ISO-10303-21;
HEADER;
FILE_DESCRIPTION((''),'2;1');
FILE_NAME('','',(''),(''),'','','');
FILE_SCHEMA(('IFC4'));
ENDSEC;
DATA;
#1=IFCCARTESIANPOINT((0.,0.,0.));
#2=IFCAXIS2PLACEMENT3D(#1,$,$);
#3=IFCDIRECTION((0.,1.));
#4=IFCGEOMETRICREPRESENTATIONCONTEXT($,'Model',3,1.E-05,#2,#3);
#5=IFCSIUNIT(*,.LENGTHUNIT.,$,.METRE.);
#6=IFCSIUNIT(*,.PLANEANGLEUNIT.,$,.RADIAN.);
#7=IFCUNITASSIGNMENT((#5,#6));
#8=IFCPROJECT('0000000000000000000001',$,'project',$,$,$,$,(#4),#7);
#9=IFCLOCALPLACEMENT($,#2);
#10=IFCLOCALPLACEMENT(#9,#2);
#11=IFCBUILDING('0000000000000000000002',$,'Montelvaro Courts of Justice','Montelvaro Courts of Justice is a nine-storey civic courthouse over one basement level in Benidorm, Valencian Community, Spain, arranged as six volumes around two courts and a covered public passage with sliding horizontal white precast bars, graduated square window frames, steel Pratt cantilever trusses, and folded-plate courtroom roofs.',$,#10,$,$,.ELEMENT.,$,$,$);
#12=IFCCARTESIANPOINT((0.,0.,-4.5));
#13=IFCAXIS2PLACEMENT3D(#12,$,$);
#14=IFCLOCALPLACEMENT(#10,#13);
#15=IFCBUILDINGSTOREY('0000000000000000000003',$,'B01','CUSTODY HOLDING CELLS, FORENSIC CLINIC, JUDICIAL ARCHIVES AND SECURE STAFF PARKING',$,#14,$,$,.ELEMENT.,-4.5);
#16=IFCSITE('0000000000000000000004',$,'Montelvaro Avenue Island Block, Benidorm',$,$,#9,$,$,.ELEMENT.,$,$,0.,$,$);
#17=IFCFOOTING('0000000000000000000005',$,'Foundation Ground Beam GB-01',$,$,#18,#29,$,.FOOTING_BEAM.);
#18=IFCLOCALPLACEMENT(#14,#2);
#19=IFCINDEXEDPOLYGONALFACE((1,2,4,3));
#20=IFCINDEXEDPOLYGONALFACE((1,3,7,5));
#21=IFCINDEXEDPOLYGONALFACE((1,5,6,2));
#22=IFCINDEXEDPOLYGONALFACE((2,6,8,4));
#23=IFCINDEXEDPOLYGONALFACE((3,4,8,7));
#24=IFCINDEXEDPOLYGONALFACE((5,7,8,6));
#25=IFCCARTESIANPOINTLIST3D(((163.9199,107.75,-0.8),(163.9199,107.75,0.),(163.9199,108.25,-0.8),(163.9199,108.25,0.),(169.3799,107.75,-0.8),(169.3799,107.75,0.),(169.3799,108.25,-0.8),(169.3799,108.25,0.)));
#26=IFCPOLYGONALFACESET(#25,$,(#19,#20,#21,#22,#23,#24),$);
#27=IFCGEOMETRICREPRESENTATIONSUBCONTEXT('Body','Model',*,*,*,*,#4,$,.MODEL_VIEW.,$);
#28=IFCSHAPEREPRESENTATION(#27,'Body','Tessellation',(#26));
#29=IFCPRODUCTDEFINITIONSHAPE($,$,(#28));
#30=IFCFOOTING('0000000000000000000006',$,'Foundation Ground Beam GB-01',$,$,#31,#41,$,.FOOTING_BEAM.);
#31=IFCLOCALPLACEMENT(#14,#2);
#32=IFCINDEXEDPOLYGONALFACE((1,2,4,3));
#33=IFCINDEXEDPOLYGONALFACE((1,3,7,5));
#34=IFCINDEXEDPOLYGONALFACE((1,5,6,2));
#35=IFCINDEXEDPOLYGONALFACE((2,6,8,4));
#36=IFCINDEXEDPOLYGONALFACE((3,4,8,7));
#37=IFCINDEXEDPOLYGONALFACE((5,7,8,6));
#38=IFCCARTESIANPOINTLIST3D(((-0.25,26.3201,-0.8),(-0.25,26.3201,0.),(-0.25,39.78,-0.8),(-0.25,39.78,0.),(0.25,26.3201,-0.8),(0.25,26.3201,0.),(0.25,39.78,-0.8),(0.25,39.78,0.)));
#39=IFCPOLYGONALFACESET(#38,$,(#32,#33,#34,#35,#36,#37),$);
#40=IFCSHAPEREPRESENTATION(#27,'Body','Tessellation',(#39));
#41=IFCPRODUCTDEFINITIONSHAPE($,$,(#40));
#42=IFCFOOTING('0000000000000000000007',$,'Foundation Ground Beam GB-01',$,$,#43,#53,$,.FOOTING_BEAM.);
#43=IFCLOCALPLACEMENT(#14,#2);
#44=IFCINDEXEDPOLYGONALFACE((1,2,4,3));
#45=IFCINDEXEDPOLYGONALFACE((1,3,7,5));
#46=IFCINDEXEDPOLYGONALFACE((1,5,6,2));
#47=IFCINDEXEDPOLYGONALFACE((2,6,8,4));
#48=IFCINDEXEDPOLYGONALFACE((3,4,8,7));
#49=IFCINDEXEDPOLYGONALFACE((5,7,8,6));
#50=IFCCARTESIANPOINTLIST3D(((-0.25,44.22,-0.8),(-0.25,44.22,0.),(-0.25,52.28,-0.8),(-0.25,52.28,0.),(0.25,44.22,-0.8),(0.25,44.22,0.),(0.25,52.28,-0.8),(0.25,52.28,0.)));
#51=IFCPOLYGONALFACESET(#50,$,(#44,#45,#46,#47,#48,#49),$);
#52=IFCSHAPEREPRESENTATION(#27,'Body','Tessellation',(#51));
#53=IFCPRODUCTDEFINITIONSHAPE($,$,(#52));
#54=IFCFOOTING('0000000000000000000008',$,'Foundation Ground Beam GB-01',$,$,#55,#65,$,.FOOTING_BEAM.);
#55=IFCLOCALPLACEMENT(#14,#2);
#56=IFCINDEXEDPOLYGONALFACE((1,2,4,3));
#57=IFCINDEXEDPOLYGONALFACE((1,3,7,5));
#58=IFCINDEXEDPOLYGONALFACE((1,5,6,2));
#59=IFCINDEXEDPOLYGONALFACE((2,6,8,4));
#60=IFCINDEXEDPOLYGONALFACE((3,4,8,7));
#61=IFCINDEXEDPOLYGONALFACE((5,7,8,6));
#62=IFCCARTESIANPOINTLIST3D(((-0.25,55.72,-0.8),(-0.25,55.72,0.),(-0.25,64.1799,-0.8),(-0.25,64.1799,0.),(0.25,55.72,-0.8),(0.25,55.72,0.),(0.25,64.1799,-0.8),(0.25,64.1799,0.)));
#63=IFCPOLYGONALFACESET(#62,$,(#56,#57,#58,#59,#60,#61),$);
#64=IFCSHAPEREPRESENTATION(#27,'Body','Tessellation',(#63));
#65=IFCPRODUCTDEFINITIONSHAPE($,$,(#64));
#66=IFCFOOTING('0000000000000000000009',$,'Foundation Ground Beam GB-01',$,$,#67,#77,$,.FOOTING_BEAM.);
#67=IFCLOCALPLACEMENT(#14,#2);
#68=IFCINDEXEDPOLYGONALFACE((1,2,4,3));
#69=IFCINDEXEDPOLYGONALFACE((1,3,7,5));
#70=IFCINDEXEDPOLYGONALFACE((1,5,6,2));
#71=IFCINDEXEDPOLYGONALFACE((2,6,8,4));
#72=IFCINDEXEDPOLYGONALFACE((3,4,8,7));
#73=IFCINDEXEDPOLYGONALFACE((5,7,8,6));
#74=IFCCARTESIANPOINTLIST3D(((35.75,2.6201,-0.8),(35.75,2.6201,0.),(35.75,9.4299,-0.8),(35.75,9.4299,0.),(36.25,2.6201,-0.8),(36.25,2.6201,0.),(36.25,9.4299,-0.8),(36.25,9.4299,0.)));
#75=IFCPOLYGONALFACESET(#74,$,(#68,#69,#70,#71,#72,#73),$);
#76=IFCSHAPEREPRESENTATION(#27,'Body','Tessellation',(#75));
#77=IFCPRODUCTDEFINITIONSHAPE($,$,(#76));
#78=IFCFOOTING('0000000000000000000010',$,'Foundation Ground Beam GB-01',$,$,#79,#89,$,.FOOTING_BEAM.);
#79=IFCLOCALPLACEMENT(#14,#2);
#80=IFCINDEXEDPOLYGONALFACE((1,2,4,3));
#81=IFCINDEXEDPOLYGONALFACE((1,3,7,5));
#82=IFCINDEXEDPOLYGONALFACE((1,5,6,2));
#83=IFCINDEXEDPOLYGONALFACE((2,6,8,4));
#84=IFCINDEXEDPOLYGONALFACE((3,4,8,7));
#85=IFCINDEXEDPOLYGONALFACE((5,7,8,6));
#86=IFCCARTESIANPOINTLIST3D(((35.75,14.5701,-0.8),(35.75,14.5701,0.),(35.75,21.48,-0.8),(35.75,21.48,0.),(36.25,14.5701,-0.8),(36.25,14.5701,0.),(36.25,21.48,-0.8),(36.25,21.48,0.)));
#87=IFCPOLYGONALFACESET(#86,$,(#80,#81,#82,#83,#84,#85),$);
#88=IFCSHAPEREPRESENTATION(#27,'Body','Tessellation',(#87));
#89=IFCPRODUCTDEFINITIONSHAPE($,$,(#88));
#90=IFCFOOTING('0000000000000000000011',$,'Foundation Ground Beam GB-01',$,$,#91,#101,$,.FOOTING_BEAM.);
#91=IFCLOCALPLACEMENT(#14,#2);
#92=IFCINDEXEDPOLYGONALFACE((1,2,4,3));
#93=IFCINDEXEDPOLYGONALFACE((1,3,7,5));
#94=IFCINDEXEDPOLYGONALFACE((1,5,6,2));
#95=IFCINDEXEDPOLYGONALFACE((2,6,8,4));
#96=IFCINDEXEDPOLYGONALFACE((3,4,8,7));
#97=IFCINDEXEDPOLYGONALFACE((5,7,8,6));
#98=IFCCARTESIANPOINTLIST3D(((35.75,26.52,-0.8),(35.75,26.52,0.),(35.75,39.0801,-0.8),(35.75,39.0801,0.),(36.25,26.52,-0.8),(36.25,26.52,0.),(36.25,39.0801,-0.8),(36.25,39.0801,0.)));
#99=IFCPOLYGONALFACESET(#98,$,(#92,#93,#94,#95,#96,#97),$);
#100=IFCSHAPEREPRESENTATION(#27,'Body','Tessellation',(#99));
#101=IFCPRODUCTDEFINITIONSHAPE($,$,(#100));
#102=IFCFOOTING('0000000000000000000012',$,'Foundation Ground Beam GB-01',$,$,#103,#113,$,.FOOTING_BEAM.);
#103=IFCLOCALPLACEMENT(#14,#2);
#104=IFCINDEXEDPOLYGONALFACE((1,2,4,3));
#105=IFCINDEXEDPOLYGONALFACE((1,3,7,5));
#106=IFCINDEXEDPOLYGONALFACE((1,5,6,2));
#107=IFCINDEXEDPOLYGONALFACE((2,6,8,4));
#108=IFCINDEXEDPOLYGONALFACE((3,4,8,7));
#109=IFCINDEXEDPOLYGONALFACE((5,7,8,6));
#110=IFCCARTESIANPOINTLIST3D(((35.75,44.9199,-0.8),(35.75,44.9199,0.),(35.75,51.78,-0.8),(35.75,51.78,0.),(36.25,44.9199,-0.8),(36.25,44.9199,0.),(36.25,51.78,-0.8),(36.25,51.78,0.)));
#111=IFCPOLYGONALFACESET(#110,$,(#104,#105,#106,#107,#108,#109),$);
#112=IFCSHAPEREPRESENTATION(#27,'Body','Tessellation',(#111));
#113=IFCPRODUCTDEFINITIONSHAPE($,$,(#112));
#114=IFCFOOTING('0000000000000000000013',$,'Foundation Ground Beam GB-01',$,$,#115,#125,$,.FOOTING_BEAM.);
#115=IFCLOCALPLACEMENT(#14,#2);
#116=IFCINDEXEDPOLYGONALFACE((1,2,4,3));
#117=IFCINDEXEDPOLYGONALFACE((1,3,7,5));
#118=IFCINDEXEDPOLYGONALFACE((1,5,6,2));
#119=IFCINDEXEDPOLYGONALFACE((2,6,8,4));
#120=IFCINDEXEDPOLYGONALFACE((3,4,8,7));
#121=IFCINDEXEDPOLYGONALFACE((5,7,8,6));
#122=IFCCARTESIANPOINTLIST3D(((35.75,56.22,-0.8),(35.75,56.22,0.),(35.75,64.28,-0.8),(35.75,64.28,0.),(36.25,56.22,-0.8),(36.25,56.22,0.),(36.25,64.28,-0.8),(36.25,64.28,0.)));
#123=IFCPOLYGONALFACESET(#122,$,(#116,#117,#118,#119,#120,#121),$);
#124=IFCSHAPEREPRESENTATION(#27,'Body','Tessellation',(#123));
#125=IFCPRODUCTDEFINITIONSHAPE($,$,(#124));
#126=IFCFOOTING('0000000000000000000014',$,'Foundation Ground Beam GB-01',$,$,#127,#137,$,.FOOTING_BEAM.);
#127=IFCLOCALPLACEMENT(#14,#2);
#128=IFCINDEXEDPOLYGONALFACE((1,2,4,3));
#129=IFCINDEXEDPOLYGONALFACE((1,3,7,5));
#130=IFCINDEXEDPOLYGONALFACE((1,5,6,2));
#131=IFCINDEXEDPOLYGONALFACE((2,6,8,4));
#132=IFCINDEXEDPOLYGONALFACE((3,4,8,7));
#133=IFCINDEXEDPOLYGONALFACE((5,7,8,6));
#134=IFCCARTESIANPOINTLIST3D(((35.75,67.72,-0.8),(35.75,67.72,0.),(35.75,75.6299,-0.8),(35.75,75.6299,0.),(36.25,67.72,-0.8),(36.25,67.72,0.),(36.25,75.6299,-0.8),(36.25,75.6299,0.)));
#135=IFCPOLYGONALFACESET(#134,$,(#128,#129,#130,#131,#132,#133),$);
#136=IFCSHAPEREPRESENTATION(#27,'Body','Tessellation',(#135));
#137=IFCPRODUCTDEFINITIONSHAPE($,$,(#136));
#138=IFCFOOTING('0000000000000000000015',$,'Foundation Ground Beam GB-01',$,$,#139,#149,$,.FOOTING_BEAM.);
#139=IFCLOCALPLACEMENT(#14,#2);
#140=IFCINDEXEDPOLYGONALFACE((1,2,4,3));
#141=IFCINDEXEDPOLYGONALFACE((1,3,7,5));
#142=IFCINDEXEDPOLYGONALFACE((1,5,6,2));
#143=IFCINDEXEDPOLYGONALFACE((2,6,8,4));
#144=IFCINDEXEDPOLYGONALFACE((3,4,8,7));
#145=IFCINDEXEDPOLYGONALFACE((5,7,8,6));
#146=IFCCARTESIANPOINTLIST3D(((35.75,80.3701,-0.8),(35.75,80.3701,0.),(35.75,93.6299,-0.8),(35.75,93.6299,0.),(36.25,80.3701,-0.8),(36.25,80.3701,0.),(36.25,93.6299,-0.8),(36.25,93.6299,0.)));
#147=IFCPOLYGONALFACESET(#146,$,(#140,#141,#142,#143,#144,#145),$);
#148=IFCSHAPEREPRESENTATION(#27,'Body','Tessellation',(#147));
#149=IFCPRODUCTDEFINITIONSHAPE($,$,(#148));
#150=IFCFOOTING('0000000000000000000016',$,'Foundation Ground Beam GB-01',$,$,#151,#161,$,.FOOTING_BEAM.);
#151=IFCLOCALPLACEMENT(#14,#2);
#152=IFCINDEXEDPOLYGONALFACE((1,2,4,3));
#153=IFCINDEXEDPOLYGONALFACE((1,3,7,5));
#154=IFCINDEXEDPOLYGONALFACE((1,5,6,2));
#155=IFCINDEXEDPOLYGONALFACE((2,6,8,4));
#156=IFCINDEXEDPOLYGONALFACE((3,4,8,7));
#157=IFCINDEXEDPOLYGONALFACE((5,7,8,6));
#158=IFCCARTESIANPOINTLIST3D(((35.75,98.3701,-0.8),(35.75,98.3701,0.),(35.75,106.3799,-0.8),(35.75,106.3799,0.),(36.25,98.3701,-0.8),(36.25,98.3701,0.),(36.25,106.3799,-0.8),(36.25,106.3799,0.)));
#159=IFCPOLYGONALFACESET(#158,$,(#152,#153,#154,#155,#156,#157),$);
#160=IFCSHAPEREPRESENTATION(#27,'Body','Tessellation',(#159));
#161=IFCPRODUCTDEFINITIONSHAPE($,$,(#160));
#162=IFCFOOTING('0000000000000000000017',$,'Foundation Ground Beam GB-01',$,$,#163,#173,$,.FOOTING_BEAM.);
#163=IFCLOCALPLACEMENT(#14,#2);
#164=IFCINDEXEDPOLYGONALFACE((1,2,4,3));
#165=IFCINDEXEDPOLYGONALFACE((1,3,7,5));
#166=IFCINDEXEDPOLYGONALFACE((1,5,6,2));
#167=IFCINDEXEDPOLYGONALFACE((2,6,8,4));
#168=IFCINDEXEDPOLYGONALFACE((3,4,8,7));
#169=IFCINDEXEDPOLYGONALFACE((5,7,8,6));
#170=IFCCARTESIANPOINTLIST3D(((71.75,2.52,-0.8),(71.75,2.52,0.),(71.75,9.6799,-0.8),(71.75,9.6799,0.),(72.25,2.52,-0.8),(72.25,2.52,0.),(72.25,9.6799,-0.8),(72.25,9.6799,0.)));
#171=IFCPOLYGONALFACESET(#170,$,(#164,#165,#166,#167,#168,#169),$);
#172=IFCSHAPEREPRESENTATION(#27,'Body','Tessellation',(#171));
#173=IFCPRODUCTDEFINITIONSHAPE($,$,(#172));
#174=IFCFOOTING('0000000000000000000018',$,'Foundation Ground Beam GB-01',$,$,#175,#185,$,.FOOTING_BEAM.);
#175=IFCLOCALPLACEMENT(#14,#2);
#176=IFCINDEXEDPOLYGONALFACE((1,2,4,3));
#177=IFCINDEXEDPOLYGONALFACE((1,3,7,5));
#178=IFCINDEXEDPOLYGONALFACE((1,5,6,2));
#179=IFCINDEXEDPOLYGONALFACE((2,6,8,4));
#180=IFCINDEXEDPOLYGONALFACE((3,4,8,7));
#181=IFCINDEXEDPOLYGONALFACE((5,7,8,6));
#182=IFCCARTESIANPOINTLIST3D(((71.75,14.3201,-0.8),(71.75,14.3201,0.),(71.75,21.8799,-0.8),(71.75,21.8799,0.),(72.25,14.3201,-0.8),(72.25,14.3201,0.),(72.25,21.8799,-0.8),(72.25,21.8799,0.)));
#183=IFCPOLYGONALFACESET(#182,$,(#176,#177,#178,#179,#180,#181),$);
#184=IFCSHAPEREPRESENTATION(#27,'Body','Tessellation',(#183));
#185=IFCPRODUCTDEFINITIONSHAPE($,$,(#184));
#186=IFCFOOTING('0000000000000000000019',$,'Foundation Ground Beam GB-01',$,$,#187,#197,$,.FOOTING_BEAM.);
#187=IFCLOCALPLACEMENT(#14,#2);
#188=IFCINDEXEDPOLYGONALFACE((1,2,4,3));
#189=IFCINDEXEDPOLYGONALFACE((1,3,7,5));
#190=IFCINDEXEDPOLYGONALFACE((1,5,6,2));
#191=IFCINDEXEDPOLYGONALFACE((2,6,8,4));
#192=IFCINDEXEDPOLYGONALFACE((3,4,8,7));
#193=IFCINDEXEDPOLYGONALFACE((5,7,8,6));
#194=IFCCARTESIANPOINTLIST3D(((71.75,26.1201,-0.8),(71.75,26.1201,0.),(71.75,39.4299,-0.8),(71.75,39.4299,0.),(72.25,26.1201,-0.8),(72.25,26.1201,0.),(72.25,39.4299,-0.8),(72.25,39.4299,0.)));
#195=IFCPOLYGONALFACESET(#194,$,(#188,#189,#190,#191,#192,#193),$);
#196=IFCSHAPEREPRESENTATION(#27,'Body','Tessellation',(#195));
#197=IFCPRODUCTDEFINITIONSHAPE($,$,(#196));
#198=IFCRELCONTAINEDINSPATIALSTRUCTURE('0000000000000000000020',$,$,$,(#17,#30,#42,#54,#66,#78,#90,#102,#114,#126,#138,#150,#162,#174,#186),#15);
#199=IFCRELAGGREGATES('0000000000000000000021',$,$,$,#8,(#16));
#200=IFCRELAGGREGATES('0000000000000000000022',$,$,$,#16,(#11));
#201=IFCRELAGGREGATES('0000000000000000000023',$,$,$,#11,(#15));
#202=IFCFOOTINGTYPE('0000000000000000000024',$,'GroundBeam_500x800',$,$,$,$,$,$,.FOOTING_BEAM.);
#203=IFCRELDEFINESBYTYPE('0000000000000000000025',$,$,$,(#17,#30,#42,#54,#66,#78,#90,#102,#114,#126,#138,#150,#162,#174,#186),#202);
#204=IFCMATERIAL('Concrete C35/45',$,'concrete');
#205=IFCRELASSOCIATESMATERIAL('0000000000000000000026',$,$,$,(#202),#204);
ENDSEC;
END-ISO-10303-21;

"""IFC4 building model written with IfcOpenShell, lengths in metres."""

from ifc_helpers import new_model, si_unit, direction, frame, origin, place, context, subcontext, project, spatial, polyline, outline, extrude, material, type_object, element, save


model = new_model("IFC4")

# Units and contexts
model_context = context("Model", 3, precision=1e-05, world=origin(), true_north=direction((0.0, 1.0)))
body_context = subcontext(model_context, "Body", "Model", "MODEL_VIEW")
ifc_project = project(units=[si_unit("LENGTHUNIT", "METRE"), si_unit("PLANEANGLEUNIT", "RADIAN")], contexts=[model_context])

# Site, building, storey
site_placement = place(None, origin())
site = spatial("IfcSite", under=ifc_project, at=site_placement, Name="Montelvaro Avenue Island Block, Benidorm", CompositionType="ELEMENT", RefElevation=0.0)
building_placement = place(site_placement, origin())
building = spatial("IfcBuilding", under=site, at=building_placement, Name="Montelvaro Courts of Justice", Description="Montelvaro Courts of Justice is a nine-storey civic courthouse over one basement level in Benidorm, Valencian Community, Spain, arranged as six volumes around two courts and a covered public passage with sliding horizontal white precast bars, graduated square window frames, steel Pratt cantilever trusses, and folded-plate courtroom roofs.", CompositionType="ELEMENT")
storey_placement = place(building_placement, frame((0.0, 0.0, -4.5)))
storey = spatial("IfcBuildingStorey", under=building, at=storey_placement, Name="B01", Description="CUSTODY HOLDING CELLS, FORENSIC CLINIC, JUDICIAL ARCHIVES AND SECURE STAFF PARKING", CompositionType="ELEMENT", Elevation=-4.5)

# Footings
ifc_material = material(Name="Concrete C35/45", Category="concrete")
footing_type = type_object("IfcFootingType", Name="GroundBeam_500x800", PredefinedType="FOOTING_BEAM", material=ifc_material)
footing_1_placement = place(storey_placement, frame((0.0, 0.0, -0.8)))
element("IfcFooting", 1, at=footing_1_placement, inside=storey, type_object=footing_type, Name="Foundation Ground Beam GB-01", PredefinedType="FOOTING_BEAM", context=body_context, shape_type="SweptSolid", body=[
    extrude(outline(polyline([(163.9199, 107.75), (169.3799, 107.75), (169.3799, 108.25), (163.9199, 108.25), (163.9199, 107.75)])), origin(), (0.0, 0.0, 1.0), 0.8),
])
footing_2_placement = place(storey_placement, frame((0.0, 0.0, -0.8)))
element("IfcFooting", 2, at=footing_2_placement, inside=storey, type_object=footing_type, Name="Foundation Ground Beam GB-01", PredefinedType="FOOTING_BEAM", context=body_context, shape_type="SweptSolid", body=[
    extrude(outline(polyline([(-0.25, 26.3201), (0.25, 26.3201), (0.25, 39.78), (-0.25, 39.78), (-0.25, 26.3201)])), origin(), (0.0, 0.0, 1.0), 0.8),
])
footing_3_placement = place(storey_placement, frame((0.0, 0.0, -0.8)))
element("IfcFooting", 3, at=footing_3_placement, inside=storey, type_object=footing_type, Name="Foundation Ground Beam GB-01", PredefinedType="FOOTING_BEAM", context=body_context, shape_type="SweptSolid", body=[
    extrude(outline(polyline([(-0.25, 44.22), (0.25, 44.22), (0.25, 52.28), (-0.25, 52.28), (-0.25, 44.22)])), origin(), (0.0, 0.0, 1.0), 0.8),
])
footing_4_placement = place(storey_placement, frame((0.0, 0.0, -0.8)))
element("IfcFooting", 4, at=footing_4_placement, inside=storey, type_object=footing_type, Name="Foundation Ground Beam GB-01", PredefinedType="FOOTING_BEAM", context=body_context, shape_type="SweptSolid", body=[
    extrude(outline(polyline([(-0.25, 55.72), (0.25, 55.72), (0.25, 64.1799), (-0.25, 64.1799), (-0.25, 55.72)])), origin(), (0.0, 0.0, 1.0), 0.8),
])
footing_5_placement = place(storey_placement, frame((0.0, 0.0, -0.8)))
element("IfcFooting", 5, at=footing_5_placement, inside=storey, type_object=footing_type, Name="Foundation Ground Beam GB-01", PredefinedType="FOOTING_BEAM", context=body_context, shape_type="SweptSolid", body=[
    extrude(outline(polyline([(35.75, 2.6201), (36.25, 2.6201), (36.25, 9.4299), (35.75, 9.4299), (35.75, 2.6201)])), origin(), (0.0, 0.0, 1.0), 0.8),
])
footing_6_placement = place(storey_placement, frame((0.0, 0.0, -0.8)))
element("IfcFooting", 6, at=footing_6_placement, inside=storey, type_object=footing_type, Name="Foundation Ground Beam GB-01", PredefinedType="FOOTING_BEAM", context=body_context, shape_type="SweptSolid", body=[
    extrude(outline(polyline([(35.75, 14.5701), (36.25, 14.5701), (36.25, 21.48), (35.75, 21.48), (35.75, 14.5701)])), origin(), (0.0, 0.0, 1.0), 0.8),
])
footing_7_placement = place(storey_placement, frame((0.0, 0.0, -0.8)))
element("IfcFooting", 7, at=footing_7_placement, inside=storey, type_object=footing_type, Name="Foundation Ground Beam GB-01", PredefinedType="FOOTING_BEAM", context=body_context, shape_type="SweptSolid", body=[
    extrude(outline(polyline([(35.75, 26.52), (36.25, 26.52), (36.25, 39.0801), (35.75, 39.0801), (35.75, 26.52)])), origin(), (0.0, 0.0, 1.0), 0.8),
])
footing_8_placement = place(storey_placement, frame((0.0, 0.0, -0.8)))
element("IfcFooting", 8, at=footing_8_placement, inside=storey, type_object=footing_type, Name="Foundation Ground Beam GB-01", PredefinedType="FOOTING_BEAM", context=body_context, shape_type="SweptSolid", body=[
    extrude(outline(polyline([(35.75, 44.9199), (36.25, 44.9199), (36.25, 51.78), (35.75, 51.78), (35.75, 44.9199)])), origin(), (0.0, 0.0, 1.0), 0.8),
])
footing_9_placement = place(storey_placement, frame((0.0, 0.0, -0.8)))
element("IfcFooting", 9, at=footing_9_placement, inside=storey, type_object=footing_type, Name="Foundation Ground Beam GB-01", PredefinedType="FOOTING_BEAM", context=body_context, shape_type="SweptSolid", body=[
    extrude(outline(polyline([(35.75, 56.22), (36.25, 56.22), (36.25, 64.28), (35.75, 64.28), (35.75, 56.22)])), origin(), (0.0, 0.0, 1.0), 0.8),
])
footing_10_placement = place(storey_placement, frame((0.0, 0.0, -0.8)))
element("IfcFooting", 10, at=footing_10_placement, inside=storey, type_object=footing_type, Name="Foundation Ground Beam GB-01", PredefinedType="FOOTING_BEAM", context=body_context, shape_type="SweptSolid", body=[
    extrude(outline(polyline([(35.75, 67.72), (36.25, 67.72), (36.25, 75.6299), (35.75, 75.6299), (35.75, 67.72)])), origin(), (0.0, 0.0, 1.0), 0.8),
])
footing_11_placement = place(storey_placement, frame((0.0, 0.0, -0.8)))
element("IfcFooting", 11, at=footing_11_placement, inside=storey, type_object=footing_type, Name="Foundation Ground Beam GB-01", PredefinedType="FOOTING_BEAM", context=body_context, shape_type="SweptSolid", body=[
    extrude(outline(polyline([(35.75, 80.3701), (36.25, 80.3701), (36.25, 93.6299), (35.75, 93.6299), (35.75, 80.3701)])), origin(), (0.0, 0.0, 1.0), 0.8),
])
footing_12_placement = place(storey_placement, frame((0.0, 0.0, -0.8)))
element("IfcFooting", 12, at=footing_12_placement, inside=storey, type_object=footing_type, Name="Foundation Ground Beam GB-01", PredefinedType="FOOTING_BEAM", context=body_context, shape_type="SweptSolid", body=[
    extrude(outline(polyline([(35.75, 98.3701), (36.25, 98.3701), (36.25, 106.3799), (35.75, 106.3799), (35.75, 98.3701)])), origin(), (0.0, 0.0, 1.0), 0.8),
])
footing_13_placement = place(storey_placement, frame((0.0, 0.0, -0.8)))
element("IfcFooting", 13, at=footing_13_placement, inside=storey, type_object=footing_type, Name="Foundation Ground Beam GB-01", PredefinedType="FOOTING_BEAM", context=body_context, shape_type="SweptSolid", body=[
    extrude(outline(polyline([(71.75, 2.52), (72.25, 2.52), (72.25, 9.6799), (71.75, 9.6799), (71.75, 2.52)])), origin(), (0.0, 0.0, 1.0), 0.8),
])
footing_14_placement = place(storey_placement, frame((0.0, 0.0, -0.8)))
element("IfcFooting", 14, at=footing_14_placement, inside=storey, type_object=footing_type, Name="Foundation Ground Beam GB-01", PredefinedType="FOOTING_BEAM", context=body_context, shape_type="SweptSolid", body=[
    extrude(outline(polyline([(71.75, 14.3201), (72.25, 14.3201), (72.25, 21.8799), (71.75, 21.8799), (71.75, 14.3201)])), origin(), (0.0, 0.0, 1.0), 0.8),
])
footing_15_placement = place(storey_placement, frame((0.0, 0.0, -0.8)))
element("IfcFooting", 15, at=footing_15_placement, inside=storey, type_object=footing_type, Name="Foundation Ground Beam GB-01", PredefinedType="FOOTING_BEAM", context=body_context, shape_type="SweptSolid", body=[
    extrude(outline(polyline([(71.75, 26.1201), (72.25, 26.1201), (72.25, 39.4299), (71.75, 39.4299), (71.75, 26.1201)])), origin(), (0.0, 0.0, 1.0), 0.8),
])

save(model, "model.ifc")
